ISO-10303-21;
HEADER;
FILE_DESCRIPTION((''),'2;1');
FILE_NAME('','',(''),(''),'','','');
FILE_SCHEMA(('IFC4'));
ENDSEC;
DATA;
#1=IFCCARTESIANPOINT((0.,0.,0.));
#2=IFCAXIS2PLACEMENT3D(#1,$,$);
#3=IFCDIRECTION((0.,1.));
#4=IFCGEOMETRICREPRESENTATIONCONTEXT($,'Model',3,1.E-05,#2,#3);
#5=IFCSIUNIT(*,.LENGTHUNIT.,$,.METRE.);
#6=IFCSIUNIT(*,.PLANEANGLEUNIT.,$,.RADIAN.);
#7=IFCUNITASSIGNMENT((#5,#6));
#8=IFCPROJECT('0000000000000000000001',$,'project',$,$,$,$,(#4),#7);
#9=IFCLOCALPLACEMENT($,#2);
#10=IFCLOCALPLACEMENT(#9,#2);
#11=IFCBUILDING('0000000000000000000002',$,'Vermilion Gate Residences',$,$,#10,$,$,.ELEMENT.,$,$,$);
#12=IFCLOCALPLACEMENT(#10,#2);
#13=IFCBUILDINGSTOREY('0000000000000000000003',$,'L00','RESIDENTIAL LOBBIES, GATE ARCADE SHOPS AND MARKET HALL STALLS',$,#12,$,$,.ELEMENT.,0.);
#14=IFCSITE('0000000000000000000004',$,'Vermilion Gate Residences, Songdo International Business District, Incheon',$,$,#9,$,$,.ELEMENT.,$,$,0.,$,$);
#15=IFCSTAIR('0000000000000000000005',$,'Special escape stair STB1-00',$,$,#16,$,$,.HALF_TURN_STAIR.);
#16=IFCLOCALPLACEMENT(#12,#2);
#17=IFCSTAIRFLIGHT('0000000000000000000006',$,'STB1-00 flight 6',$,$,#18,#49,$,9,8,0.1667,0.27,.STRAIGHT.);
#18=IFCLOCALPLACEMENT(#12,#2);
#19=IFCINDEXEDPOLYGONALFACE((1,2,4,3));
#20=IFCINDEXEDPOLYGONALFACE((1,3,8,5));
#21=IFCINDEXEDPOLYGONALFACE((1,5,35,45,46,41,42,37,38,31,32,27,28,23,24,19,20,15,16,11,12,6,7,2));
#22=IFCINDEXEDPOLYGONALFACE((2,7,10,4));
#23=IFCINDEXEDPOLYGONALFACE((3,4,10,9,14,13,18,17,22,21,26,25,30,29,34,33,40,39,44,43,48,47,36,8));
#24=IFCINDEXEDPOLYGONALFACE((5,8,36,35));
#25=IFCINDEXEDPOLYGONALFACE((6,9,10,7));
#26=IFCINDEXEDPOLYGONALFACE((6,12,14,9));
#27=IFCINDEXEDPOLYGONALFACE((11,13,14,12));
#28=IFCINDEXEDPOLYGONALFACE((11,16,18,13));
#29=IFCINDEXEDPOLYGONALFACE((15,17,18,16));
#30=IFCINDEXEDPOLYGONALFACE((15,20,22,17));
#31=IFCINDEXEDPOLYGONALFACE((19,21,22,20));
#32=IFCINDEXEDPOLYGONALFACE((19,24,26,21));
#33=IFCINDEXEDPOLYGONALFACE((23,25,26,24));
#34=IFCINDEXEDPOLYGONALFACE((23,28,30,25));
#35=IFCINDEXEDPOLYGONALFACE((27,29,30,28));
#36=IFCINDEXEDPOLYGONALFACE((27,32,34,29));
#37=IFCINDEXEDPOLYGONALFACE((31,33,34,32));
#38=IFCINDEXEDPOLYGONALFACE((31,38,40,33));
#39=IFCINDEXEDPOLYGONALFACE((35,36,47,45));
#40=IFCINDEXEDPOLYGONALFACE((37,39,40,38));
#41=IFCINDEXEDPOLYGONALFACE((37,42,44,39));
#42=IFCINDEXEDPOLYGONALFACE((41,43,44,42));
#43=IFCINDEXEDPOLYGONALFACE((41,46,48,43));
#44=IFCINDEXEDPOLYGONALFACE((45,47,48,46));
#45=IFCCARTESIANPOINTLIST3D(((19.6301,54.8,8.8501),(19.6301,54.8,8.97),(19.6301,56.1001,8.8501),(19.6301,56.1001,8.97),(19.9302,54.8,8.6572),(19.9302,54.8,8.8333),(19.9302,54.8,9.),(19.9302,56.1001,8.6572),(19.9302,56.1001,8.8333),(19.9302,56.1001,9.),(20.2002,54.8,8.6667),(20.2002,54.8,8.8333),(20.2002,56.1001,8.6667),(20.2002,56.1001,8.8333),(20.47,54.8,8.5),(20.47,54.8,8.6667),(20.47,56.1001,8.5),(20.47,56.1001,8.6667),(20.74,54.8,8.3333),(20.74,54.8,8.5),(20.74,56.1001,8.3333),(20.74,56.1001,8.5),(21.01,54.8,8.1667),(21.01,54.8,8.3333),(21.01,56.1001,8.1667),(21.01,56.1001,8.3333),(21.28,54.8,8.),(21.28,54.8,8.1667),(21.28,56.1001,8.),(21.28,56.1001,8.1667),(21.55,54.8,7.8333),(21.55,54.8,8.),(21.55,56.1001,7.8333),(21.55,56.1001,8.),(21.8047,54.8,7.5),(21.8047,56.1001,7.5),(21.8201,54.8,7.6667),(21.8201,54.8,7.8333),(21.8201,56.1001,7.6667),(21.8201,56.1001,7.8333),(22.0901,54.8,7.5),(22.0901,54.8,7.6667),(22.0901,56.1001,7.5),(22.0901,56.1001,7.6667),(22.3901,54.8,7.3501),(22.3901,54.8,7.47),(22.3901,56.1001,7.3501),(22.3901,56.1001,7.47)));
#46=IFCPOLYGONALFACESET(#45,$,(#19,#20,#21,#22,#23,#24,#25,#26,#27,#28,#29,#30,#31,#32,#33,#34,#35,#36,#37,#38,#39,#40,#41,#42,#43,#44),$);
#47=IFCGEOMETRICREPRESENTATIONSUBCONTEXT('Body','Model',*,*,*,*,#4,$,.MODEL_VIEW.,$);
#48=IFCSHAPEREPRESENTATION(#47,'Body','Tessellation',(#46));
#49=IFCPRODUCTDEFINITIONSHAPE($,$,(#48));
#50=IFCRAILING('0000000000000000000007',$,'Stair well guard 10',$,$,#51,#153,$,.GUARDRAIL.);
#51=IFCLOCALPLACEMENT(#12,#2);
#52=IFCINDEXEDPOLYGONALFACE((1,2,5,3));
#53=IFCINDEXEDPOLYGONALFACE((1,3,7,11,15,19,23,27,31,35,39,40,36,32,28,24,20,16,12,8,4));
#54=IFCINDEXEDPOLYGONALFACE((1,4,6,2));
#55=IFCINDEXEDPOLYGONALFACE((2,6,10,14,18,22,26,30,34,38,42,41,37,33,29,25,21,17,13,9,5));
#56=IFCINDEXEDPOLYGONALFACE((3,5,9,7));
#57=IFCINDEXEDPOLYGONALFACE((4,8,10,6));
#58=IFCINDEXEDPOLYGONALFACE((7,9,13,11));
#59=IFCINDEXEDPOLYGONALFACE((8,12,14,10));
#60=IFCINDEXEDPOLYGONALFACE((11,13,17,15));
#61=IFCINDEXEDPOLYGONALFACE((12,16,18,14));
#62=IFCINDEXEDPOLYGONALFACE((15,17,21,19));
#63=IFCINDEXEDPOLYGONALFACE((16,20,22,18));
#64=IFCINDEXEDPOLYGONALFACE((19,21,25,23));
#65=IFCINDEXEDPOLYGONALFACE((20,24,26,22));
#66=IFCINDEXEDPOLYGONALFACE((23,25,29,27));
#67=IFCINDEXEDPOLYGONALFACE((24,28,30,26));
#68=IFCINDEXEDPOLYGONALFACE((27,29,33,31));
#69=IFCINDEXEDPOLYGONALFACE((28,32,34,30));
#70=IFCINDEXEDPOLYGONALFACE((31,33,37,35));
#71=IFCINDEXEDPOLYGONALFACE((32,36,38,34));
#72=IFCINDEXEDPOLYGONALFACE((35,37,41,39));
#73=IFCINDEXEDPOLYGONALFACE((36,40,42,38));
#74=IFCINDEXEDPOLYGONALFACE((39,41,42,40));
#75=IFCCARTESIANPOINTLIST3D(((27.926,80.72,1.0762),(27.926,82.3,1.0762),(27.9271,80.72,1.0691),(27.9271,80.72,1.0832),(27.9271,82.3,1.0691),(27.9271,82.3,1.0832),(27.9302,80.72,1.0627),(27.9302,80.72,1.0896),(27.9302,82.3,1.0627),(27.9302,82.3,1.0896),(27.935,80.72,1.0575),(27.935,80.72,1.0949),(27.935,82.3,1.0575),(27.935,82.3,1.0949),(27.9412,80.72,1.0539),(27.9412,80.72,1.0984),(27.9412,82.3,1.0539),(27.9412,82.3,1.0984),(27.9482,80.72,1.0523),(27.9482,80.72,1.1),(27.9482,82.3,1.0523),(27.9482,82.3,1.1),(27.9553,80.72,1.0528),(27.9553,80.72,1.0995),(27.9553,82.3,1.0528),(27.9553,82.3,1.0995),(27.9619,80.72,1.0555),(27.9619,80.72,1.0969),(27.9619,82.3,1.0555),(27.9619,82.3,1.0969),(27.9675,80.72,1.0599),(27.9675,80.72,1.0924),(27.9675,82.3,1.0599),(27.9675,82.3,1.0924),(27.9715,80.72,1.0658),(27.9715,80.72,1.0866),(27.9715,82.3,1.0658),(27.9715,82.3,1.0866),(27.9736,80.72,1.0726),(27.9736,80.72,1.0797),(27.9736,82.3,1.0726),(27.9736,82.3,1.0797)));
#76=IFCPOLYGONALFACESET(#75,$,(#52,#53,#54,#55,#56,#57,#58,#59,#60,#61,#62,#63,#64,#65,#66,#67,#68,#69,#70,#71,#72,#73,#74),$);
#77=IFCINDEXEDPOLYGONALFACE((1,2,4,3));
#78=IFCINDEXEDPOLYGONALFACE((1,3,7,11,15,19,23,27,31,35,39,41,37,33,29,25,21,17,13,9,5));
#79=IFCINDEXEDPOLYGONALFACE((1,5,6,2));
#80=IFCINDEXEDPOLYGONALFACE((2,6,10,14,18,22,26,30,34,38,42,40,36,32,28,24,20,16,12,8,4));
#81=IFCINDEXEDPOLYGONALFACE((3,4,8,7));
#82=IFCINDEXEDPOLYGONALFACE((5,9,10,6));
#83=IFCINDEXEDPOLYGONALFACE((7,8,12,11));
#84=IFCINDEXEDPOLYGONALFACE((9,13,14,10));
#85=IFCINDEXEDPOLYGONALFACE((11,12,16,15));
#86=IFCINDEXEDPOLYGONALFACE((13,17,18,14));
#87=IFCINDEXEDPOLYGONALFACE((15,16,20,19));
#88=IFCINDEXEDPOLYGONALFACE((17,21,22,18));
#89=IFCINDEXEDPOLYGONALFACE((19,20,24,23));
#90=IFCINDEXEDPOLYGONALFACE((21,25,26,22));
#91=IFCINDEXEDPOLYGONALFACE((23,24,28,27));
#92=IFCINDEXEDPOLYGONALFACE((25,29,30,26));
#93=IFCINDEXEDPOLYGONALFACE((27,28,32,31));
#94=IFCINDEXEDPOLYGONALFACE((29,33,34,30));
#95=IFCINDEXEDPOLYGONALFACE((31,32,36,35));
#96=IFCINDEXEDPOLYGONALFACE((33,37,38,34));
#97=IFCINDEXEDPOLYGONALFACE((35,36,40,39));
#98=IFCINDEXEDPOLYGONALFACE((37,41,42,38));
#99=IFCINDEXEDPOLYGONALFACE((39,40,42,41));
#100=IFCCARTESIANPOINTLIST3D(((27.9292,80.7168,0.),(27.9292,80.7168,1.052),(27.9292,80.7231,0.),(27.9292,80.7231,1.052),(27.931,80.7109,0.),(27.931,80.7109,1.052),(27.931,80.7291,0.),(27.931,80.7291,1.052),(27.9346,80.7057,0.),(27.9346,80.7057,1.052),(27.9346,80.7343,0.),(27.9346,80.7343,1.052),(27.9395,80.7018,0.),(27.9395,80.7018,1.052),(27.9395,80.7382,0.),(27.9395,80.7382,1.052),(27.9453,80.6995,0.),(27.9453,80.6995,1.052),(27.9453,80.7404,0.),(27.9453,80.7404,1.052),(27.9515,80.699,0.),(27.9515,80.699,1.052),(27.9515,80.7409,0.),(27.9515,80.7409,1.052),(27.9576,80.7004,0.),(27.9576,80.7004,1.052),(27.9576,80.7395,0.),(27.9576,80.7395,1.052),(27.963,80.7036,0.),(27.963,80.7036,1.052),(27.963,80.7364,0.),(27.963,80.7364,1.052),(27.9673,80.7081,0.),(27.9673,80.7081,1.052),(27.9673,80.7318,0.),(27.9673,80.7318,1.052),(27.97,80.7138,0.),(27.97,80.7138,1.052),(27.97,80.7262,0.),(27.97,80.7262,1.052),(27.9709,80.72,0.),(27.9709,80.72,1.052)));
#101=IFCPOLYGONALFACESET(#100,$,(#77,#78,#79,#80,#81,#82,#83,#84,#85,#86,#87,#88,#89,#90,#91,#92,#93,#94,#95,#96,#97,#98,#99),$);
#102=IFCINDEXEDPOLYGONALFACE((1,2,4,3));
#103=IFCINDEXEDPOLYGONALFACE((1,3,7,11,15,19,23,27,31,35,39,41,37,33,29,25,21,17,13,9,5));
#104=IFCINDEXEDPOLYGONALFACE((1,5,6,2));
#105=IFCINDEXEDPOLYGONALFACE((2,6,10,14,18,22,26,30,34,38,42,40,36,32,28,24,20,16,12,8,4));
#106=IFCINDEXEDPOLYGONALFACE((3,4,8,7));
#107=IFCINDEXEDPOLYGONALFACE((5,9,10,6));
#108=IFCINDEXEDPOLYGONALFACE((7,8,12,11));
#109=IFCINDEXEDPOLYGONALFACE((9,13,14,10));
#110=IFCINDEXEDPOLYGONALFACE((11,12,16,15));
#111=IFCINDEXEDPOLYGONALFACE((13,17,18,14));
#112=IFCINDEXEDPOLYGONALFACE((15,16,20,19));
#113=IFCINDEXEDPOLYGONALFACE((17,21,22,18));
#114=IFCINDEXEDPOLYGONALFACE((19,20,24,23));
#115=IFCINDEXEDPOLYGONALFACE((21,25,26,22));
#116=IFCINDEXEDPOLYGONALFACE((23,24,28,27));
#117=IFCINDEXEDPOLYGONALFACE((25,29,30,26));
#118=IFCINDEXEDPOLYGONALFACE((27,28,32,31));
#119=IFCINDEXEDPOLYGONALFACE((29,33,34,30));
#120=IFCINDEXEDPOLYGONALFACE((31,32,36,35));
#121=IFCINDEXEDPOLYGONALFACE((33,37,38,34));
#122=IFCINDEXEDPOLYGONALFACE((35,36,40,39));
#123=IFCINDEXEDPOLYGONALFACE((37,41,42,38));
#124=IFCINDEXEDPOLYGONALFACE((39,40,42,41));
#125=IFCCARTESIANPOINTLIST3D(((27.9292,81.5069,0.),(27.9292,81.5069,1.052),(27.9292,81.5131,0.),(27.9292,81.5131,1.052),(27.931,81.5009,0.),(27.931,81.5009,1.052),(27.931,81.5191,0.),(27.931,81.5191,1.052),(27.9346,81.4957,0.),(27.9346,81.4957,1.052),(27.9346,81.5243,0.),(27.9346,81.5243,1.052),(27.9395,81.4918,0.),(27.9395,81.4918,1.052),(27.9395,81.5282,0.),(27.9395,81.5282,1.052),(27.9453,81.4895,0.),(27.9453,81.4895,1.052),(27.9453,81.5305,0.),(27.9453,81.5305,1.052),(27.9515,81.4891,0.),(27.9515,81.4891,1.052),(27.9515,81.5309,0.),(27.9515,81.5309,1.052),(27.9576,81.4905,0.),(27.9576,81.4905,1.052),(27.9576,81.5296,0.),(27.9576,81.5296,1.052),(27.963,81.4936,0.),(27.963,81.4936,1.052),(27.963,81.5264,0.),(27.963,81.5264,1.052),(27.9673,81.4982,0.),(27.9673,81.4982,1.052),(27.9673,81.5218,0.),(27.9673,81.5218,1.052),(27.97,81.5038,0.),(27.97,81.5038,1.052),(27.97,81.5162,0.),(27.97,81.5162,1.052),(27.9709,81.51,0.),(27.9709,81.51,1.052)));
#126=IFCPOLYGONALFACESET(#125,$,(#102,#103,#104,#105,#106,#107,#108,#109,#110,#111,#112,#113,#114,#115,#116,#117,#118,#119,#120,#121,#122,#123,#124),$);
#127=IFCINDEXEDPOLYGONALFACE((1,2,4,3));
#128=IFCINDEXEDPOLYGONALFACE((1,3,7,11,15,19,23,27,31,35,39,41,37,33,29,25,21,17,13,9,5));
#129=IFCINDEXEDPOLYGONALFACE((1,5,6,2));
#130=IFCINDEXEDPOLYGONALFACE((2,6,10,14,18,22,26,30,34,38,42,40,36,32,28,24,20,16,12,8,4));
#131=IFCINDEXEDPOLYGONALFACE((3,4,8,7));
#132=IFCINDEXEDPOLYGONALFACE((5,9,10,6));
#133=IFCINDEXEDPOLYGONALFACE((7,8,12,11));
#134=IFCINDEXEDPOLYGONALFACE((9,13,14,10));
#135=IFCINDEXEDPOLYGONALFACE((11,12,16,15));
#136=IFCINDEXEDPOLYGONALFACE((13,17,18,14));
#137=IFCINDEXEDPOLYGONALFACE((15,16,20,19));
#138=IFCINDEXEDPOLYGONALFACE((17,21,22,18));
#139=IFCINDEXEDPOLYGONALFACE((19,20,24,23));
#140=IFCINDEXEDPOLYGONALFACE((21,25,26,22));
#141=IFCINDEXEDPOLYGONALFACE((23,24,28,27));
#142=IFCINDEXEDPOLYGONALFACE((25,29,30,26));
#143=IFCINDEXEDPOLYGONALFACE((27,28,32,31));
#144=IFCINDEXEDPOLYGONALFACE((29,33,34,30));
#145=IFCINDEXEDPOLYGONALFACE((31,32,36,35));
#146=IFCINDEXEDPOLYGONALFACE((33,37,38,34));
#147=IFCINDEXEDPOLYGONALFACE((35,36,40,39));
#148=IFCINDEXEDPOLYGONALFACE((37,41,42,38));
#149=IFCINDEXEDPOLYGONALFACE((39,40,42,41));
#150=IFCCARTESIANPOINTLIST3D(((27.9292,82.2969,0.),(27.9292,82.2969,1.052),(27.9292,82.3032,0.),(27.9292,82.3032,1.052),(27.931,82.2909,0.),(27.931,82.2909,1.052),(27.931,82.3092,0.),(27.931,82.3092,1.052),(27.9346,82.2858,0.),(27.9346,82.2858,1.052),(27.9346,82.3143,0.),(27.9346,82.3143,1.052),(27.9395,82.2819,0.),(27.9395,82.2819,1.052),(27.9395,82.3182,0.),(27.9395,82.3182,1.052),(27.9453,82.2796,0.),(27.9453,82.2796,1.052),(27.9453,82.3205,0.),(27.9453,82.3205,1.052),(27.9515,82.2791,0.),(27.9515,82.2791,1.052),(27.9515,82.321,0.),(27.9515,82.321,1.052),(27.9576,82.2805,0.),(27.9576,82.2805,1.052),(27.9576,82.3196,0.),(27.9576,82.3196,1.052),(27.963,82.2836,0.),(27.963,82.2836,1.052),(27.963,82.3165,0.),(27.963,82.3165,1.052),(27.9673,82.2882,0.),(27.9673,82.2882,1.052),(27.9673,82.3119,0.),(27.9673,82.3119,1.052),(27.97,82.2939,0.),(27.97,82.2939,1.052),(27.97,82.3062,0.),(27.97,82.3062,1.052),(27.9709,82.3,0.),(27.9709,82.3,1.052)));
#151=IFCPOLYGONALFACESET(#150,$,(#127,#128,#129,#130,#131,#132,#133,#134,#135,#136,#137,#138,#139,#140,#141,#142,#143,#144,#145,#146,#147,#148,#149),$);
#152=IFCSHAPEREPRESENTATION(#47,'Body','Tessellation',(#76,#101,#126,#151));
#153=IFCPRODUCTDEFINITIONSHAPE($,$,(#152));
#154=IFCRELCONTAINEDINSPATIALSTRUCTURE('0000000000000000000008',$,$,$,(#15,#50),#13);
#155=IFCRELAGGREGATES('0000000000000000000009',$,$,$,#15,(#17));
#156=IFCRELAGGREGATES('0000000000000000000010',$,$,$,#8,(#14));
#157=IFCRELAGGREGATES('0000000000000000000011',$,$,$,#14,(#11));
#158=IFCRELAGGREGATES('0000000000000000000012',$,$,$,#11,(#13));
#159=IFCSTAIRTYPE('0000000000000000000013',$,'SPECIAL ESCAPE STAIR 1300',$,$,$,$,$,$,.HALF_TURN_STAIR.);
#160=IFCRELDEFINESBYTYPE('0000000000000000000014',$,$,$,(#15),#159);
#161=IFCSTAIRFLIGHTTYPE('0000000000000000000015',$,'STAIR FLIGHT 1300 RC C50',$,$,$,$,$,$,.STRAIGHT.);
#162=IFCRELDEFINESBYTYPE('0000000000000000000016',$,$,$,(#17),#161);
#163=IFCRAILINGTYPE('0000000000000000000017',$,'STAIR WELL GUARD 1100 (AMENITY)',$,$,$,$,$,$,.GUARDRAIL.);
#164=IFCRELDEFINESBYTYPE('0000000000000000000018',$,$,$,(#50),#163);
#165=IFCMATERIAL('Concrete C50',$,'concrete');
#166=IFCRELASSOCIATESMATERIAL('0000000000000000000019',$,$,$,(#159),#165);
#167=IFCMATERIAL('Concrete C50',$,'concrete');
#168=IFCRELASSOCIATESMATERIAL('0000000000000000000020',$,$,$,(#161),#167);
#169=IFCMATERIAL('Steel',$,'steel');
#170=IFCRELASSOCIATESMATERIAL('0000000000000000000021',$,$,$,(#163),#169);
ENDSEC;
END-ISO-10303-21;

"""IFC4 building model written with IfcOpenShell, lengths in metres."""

from ifc_helpers import new_model, si_unit, direction, frame, origin, origin_2d, place, context, subcontext, project, spatial, polyline, circle, outline, extrude, material, type_object, element, aggregate, save


model = new_model("IFC4")

# Units and contexts
model_context = context("Model", 3, precision=1e-05, world=origin(), true_north=direction((0.0, 1.0)))
body_context = subcontext(model_context, "Body", "Model", "MODEL_VIEW")
ifc_project = project(units=[si_unit("LENGTHUNIT", "METRE"), si_unit("PLANEANGLEUNIT", "RADIAN")], contexts=[model_context])

# Site, building, storey
site_placement = place(None, origin())
site = spatial("IfcSite", under=ifc_project, at=site_placement, Name="Vermilion Gate Residences, Songdo International Business District, Incheon", CompositionType="ELEMENT", RefElevation=0.0)
building_placement = place(site_placement, origin())
building = spatial("IfcBuilding", under=site, at=building_placement, Name="Vermilion Gate Residences", CompositionType="ELEMENT")
storey_placement = place(building_placement, origin())
storey = spatial("IfcBuildingStorey", under=building, at=storey_placement, Name="L00", Description="RESIDENTIAL LOBBIES, GATE ARCADE SHOPS AND MARKET HALL STALLS", CompositionType="ELEMENT", Elevation=0.0)

# Stair, stair flight
ifc_material_1 = material(Name="Concrete C50", Category="concrete")
stair_type = type_object("IfcStairType", Name="SPECIAL ESCAPE STAIR 1300", PredefinedType="HALF_TURN_STAIR", material=ifc_material_1)
stair_placement = place(storey_placement, origin())
stair = element("IfcStair", 1, at=stair_placement, inside=storey, type_object=stair_type, Name="Special escape stair STB1-00", PredefinedType="HALF_TURN_STAIR")
ifc_material_2 = material(Name="Concrete C50", Category="concrete")
stair_flight_type = type_object("IfcStairFlightType", Name="STAIR FLIGHT 1300 RC C50", PredefinedType="STRAIGHT", material=ifc_material_2)
stair_flight_1_placement = place(storey_placement, frame((22.0901, 55.45, 7.5), z_axis=(0.0, 0.0, 1.0), x_axis=(-1.0, 0.0, 0.0)))
stair_flight_1 = element("IfcStairFlight", 2, at=stair_flight_1_placement, type_object=stair_flight_type, Name="STB1-00 flight 6", NumberOfRisers=9, NumberOfTreads=8, PredefinedType="STRAIGHT", RiserHeight=0.1667, TreadLength=0.27, context=body_context, shape_type="SweptSolid", body=[
    extrude(outline(polyline([(-0.3, -0.1499), (-0.3, -0.03), (0.0, 0.0), (0.0, 0.1667), (0.27, 0.1667), (0.27, 0.3333), (0.54, 0.3333), (0.54, 0.5), (0.8101, 0.5), (0.8101, 0.6667), (1.0801, 0.6667), (1.0801, 0.8333), (1.3501, 0.8333), (1.3501, 1.0), (1.6201, 1.0), (1.6201, 1.1667), (1.8899, 1.1667), (1.8899, 1.3333), (2.1599, 1.3333), (2.1599, 1.5), (2.46, 1.47), (2.46, 1.3501), (2.1599, 1.1572), (0.2854, 0.0), (-0.3, -0.1499)])), frame((0.0, 0.6499, 0.0), z_axis=(0.0, -1.0, 0.0), x_axis=(1.0, 0.0, 0.0)), (0.0, 0.0, 1.0), 1.3),
])
aggregate(stair, [stair_flight_1])

# Railing
ifc_material_3 = material(Name="Steel", Category="steel")
railing_type_1 = type_object("IfcRailingType", Name="STAIR WELL GUARD 1100 (AMENITY)", PredefinedType="GUARDRAIL", material=ifc_material_3)
railing_1_placement = place(storey_placement, frame((27.95, 80.72, 0.0)))
element("IfcRailing", 3, at=railing_1_placement, inside=storey, type_object=railing_type_1, Name="Stair well guard 10", PredefinedType="GUARDRAIL", context=body_context, shape_type="SweptSolid", body=[
    extrude(circle(Radius=0.0239, at=origin_2d()), frame((0.0, 0.0, 1.0762), z_axis=(0.0, 1.0, 0.0), x_axis=(-1.0, 0.0, 0.0)), (0.0, 0.0, 1.0), 1.5801),
    extrude(circle(Radius=0.021, at=origin_2d()), origin(), (0.0, 0.0, 1.0), 1.052),
    extrude(circle(Radius=0.021, at=origin_2d()), frame((0.0, 0.79, 0.0)), (0.0, 0.0, 1.0), 1.052),
    extrude(circle(Radius=0.021, at=origin_2d()), frame((0.0, 1.5801, 0.0)), (0.0, 0.0, 1.0), 1.052),
])

save(model, "model.ifc")
